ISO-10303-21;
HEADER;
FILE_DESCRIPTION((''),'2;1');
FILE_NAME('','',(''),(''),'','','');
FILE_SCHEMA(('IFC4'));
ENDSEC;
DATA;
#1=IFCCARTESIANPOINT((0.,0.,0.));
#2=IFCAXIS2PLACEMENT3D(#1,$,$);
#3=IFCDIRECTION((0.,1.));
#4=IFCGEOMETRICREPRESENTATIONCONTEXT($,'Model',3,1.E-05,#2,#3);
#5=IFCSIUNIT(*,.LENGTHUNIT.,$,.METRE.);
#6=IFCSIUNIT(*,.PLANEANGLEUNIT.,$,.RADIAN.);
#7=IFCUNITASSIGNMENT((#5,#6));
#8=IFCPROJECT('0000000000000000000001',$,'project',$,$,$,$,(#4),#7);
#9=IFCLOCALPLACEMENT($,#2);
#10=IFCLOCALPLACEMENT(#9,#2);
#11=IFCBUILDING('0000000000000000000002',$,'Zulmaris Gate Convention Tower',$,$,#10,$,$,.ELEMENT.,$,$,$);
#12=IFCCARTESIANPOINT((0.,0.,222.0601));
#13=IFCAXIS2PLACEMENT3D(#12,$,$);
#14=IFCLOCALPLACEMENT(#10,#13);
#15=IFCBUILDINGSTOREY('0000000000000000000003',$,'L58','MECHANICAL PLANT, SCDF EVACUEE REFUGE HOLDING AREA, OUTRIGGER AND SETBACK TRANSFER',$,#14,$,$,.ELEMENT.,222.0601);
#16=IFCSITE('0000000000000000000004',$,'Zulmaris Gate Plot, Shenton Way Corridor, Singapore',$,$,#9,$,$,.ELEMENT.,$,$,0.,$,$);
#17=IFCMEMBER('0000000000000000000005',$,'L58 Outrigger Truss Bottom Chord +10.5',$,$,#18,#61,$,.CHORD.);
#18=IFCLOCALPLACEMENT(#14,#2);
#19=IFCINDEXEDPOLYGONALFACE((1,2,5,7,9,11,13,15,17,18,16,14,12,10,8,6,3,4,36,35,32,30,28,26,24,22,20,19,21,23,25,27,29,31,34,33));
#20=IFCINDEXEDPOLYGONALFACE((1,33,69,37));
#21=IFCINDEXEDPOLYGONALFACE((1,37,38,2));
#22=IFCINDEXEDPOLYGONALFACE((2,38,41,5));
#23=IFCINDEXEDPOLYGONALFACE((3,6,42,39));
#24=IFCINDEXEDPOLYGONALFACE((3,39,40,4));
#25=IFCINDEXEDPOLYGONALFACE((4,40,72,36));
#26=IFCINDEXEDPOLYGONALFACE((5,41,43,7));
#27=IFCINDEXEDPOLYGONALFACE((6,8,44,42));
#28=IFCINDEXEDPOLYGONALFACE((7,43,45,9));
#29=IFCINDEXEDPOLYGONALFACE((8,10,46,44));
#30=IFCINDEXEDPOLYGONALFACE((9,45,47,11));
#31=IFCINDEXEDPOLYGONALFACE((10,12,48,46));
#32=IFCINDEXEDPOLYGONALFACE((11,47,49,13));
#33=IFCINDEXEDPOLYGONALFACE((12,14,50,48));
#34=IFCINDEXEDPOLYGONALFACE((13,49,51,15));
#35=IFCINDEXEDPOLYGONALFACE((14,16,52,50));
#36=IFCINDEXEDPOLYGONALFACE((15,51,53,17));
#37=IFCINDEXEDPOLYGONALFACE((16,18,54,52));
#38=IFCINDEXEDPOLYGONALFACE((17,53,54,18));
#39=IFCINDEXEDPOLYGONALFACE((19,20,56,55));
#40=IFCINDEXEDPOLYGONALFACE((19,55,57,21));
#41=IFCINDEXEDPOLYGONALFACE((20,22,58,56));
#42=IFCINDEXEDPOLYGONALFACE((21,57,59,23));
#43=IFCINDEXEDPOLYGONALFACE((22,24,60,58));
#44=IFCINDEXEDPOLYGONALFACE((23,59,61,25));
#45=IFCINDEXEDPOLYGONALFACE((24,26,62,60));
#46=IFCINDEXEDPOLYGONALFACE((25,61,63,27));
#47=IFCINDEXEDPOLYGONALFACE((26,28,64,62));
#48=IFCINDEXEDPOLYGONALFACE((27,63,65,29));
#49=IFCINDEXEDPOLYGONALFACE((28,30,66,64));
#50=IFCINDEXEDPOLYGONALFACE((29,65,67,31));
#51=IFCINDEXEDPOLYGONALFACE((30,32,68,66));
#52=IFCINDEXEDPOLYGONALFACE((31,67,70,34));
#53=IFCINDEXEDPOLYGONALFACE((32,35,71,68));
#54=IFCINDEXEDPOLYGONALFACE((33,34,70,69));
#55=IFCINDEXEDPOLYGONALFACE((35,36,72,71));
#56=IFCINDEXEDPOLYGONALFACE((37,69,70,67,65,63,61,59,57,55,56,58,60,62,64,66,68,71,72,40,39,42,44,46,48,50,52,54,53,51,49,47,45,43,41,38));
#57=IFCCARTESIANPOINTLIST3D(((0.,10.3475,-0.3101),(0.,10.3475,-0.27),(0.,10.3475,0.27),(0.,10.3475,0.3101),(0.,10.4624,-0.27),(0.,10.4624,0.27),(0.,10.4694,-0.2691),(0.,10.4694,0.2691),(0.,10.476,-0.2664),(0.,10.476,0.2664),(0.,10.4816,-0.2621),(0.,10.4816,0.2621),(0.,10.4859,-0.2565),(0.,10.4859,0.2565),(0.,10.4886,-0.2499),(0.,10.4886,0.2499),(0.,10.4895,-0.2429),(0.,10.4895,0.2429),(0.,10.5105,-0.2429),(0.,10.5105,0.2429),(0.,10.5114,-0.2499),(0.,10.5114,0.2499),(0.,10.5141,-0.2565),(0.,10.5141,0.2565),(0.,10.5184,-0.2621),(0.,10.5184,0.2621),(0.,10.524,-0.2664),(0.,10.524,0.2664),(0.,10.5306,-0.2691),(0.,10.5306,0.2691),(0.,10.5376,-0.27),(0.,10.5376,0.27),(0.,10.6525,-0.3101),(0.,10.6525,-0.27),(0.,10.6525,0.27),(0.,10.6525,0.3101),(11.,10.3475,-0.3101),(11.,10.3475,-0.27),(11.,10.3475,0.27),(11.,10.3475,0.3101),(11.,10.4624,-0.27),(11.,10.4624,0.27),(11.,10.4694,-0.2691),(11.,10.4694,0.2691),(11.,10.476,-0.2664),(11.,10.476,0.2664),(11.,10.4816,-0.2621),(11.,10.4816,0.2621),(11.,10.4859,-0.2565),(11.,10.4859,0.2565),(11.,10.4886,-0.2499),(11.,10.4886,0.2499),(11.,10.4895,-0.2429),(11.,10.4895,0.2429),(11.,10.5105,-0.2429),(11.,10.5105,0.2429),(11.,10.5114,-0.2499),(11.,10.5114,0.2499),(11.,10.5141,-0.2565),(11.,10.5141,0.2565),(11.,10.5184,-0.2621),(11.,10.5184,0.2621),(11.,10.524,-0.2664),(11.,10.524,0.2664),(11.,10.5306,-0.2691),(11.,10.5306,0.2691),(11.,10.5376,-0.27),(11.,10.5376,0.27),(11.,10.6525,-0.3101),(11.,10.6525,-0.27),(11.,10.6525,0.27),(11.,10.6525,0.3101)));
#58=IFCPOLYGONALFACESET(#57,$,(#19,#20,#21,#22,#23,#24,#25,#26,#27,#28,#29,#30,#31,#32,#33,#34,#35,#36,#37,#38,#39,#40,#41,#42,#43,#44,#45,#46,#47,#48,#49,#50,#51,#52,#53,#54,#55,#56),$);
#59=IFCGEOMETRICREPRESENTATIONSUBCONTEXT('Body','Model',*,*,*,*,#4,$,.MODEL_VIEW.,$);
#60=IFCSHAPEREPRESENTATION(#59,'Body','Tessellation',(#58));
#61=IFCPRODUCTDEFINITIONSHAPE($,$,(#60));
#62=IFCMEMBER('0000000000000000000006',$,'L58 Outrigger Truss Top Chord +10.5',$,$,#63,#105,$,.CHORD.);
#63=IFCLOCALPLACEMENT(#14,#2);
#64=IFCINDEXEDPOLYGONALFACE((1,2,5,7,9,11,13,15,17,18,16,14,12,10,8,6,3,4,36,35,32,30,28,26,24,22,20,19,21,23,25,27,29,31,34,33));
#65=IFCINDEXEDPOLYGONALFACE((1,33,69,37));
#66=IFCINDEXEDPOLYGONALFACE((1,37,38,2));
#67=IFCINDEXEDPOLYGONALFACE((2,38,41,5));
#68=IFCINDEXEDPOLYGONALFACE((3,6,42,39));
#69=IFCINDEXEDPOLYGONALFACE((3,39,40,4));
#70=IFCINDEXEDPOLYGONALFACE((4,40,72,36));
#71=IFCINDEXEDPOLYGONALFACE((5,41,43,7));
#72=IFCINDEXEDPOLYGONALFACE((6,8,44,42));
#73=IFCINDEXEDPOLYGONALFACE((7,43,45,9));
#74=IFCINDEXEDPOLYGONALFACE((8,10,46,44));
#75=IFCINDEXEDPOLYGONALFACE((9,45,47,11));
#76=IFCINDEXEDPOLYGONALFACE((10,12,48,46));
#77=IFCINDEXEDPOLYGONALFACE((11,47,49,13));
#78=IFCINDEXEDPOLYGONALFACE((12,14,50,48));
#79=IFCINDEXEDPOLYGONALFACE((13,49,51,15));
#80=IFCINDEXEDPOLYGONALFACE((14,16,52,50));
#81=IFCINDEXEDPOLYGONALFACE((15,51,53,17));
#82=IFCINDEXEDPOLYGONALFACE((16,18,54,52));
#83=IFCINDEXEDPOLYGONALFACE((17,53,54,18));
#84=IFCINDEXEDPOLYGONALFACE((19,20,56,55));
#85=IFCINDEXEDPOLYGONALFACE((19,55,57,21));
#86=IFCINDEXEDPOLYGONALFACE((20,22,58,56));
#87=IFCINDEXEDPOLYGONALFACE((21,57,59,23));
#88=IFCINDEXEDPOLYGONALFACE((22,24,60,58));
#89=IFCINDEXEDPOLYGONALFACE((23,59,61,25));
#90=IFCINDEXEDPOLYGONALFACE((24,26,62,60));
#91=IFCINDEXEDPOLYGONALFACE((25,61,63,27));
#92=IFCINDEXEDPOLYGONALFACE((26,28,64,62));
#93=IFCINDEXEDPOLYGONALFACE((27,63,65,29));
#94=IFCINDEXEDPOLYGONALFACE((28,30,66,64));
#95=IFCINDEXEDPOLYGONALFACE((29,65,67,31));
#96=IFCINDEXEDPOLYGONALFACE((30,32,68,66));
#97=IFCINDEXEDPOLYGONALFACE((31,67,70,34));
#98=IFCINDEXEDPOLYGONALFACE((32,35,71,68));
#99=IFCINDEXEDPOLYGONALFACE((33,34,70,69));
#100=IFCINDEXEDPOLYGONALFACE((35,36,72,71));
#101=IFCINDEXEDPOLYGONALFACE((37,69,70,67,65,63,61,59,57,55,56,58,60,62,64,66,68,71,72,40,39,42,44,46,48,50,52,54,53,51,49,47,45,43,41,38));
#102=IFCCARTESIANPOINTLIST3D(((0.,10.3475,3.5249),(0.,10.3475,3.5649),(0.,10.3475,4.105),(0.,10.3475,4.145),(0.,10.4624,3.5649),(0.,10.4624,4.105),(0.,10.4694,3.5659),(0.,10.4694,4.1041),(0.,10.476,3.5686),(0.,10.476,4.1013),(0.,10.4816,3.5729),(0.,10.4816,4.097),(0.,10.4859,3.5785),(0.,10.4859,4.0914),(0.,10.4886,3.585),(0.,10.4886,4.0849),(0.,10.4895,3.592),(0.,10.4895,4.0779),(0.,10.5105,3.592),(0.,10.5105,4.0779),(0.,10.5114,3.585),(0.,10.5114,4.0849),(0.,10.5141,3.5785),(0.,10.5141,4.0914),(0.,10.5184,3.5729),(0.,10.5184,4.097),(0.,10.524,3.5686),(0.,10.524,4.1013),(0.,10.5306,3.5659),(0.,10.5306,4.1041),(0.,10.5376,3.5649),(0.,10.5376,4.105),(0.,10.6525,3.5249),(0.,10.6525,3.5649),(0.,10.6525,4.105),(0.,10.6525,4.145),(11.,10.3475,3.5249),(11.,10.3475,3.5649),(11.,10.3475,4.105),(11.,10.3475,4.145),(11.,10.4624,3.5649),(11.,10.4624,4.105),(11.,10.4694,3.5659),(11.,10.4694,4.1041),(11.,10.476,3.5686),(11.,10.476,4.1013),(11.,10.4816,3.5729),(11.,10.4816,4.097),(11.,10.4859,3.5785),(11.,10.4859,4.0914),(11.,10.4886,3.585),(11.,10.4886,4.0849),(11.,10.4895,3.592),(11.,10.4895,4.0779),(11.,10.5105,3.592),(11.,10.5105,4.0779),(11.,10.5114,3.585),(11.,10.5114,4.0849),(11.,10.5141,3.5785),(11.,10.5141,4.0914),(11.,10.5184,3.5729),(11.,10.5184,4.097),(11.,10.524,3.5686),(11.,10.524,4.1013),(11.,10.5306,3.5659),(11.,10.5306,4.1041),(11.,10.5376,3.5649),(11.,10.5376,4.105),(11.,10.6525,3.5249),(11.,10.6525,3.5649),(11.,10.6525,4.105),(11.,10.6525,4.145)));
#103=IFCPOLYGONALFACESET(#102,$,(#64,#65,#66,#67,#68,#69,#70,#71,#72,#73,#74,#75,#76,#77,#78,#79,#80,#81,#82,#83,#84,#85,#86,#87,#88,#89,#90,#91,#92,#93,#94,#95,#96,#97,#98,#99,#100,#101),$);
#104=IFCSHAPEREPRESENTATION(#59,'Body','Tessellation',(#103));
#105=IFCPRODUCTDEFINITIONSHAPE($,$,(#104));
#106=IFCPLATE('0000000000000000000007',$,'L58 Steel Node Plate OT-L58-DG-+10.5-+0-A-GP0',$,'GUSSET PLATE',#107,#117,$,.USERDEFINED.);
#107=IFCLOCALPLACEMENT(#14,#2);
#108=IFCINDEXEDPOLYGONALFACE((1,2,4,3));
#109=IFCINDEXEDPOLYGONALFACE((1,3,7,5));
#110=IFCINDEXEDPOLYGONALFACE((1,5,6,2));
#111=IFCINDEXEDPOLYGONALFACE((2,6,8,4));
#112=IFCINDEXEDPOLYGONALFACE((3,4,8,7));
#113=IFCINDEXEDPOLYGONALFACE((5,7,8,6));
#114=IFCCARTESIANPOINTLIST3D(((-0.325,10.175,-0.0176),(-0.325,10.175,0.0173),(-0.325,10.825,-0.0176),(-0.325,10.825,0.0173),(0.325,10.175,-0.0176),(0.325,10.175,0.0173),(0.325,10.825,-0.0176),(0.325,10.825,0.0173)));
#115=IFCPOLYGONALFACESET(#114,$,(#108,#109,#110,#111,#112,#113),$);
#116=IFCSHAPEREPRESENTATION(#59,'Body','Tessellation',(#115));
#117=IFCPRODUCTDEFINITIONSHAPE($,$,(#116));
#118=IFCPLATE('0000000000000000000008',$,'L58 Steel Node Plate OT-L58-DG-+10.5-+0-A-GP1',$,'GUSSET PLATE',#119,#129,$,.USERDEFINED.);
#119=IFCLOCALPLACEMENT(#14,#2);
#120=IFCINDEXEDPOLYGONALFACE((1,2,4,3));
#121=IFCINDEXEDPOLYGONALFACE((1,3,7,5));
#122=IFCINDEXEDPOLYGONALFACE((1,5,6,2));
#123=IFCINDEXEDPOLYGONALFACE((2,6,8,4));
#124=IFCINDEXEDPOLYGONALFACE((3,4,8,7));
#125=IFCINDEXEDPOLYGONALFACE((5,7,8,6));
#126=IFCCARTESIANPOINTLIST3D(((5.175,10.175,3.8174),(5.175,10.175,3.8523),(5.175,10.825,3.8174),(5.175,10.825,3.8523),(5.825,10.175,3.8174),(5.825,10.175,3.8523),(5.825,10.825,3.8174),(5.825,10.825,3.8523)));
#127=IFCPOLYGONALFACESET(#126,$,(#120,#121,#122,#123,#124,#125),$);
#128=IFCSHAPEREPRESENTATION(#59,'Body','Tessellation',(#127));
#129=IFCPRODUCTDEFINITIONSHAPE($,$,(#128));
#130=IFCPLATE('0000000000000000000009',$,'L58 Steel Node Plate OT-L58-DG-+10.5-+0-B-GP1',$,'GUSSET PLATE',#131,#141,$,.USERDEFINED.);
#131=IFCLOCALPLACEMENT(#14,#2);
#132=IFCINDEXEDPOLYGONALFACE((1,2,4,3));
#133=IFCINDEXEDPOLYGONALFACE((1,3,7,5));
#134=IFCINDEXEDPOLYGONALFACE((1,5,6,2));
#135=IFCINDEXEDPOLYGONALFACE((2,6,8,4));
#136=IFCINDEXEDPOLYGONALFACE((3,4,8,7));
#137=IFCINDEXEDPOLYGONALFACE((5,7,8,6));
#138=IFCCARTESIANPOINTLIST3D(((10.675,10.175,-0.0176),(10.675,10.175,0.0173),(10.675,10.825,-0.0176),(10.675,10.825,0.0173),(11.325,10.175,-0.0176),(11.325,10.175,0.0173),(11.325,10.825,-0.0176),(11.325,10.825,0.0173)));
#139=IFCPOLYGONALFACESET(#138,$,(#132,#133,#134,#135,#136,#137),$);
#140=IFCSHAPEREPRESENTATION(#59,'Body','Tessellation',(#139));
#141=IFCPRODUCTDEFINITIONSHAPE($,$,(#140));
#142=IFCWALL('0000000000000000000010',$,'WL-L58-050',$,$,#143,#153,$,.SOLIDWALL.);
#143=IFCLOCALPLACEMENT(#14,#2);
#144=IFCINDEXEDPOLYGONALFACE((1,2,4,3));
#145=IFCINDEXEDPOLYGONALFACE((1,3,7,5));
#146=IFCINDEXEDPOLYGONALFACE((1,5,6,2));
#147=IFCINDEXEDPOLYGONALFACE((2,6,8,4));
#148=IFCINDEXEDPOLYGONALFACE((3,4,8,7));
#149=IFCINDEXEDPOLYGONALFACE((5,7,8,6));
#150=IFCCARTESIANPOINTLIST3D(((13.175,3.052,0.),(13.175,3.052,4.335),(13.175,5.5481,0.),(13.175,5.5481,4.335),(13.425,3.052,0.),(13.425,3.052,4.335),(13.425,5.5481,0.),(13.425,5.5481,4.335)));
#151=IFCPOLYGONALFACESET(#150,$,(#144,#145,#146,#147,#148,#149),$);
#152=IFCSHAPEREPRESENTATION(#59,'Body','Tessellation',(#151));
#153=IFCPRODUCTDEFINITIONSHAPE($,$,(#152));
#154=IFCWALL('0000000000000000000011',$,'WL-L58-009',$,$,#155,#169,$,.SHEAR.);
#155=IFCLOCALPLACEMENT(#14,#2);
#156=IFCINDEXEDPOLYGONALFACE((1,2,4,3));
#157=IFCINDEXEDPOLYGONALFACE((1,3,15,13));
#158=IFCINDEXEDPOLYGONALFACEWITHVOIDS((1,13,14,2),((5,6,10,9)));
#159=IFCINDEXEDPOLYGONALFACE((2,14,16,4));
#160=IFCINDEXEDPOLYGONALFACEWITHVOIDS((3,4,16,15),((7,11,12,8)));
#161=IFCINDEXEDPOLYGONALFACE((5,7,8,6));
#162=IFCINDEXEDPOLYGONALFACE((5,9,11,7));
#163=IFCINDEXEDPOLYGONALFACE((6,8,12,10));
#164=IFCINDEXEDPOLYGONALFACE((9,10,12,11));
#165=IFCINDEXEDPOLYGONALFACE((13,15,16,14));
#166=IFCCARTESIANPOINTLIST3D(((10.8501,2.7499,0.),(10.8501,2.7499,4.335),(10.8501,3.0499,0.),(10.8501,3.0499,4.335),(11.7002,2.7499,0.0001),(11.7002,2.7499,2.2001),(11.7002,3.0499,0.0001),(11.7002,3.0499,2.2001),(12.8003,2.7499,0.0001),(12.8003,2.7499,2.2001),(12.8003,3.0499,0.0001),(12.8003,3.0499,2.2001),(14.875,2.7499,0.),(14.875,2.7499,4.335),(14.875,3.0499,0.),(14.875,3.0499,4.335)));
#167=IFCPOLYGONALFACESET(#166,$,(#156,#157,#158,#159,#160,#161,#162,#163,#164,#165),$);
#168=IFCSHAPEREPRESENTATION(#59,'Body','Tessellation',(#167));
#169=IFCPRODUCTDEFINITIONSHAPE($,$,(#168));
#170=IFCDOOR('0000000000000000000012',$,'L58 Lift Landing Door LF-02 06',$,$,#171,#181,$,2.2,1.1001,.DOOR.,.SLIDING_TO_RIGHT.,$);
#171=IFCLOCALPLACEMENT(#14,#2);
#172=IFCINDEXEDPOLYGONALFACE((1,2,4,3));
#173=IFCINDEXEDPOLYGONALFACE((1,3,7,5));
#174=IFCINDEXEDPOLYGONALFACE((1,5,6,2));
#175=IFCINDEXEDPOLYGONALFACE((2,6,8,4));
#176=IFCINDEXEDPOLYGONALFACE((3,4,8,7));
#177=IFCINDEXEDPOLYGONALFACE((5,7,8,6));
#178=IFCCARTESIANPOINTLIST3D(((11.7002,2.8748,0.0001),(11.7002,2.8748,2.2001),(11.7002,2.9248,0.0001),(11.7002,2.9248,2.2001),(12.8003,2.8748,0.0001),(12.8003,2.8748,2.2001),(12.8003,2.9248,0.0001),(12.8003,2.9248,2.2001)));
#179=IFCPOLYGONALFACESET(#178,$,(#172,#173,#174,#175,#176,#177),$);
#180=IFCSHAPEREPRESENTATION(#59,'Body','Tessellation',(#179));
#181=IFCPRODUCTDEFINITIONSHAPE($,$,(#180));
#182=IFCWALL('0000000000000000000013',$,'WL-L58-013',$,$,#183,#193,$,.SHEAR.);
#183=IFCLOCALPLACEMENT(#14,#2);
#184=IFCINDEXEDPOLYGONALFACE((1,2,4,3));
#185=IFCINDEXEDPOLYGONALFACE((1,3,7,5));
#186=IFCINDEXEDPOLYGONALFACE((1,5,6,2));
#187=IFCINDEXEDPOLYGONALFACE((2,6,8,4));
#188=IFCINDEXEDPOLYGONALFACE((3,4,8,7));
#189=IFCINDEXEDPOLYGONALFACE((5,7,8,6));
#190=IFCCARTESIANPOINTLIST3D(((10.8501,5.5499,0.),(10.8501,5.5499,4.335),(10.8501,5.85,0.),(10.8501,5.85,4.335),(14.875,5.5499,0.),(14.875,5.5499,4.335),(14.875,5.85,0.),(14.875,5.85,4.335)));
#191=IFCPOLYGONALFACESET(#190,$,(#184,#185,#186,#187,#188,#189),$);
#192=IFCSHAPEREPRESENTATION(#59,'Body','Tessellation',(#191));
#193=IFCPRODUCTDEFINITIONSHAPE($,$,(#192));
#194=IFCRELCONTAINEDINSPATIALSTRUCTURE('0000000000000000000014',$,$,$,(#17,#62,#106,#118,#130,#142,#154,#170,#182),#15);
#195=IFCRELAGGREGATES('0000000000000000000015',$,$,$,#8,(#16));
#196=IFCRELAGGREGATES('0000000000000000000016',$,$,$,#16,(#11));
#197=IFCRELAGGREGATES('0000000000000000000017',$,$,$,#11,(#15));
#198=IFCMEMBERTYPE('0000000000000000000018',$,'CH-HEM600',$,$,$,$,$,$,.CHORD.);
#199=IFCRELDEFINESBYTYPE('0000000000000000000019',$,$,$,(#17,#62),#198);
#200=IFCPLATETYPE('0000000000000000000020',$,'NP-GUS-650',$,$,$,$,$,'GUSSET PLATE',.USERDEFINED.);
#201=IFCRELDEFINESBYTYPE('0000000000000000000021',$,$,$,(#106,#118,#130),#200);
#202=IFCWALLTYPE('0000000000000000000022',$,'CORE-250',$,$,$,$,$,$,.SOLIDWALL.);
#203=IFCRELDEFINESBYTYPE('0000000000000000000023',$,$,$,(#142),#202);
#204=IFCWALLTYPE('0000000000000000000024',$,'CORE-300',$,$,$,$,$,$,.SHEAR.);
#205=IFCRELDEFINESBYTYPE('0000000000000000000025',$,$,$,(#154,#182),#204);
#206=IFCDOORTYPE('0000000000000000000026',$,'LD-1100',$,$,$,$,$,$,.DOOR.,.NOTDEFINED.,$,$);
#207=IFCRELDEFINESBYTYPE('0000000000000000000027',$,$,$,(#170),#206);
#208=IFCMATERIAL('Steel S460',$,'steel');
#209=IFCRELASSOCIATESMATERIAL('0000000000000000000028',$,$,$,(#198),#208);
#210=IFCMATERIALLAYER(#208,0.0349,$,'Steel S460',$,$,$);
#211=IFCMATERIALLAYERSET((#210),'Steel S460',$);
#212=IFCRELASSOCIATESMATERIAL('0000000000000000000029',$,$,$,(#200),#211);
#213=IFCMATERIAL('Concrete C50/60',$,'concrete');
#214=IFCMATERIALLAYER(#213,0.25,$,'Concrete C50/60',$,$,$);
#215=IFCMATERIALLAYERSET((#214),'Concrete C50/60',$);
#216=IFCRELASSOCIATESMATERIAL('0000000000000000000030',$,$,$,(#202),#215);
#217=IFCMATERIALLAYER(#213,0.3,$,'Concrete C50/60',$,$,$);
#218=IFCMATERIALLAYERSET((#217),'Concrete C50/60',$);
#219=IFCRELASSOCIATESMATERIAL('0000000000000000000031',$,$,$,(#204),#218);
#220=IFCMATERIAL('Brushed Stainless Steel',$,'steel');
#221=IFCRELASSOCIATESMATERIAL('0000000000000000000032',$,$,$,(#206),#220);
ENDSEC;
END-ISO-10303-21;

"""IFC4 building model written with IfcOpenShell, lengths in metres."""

from ifc_helpers import new_model, si_unit, direction, frame, frame_2d, origin, origin_2d, place, context, subcontext, project, spatial, rectangle, i_section, extrude, material, layer, layer_set, material_profile, profile_set, type_object, element, fill, save


model = new_model("IFC4")

# Units and contexts
model_context = context("Model", 3, precision=1e-05, world=origin(), true_north=direction((0.0, 1.0)))
body_context = subcontext(model_context, "Body", "Model", "MODEL_VIEW")
ifc_project = project(units=[si_unit("LENGTHUNIT", "METRE"), si_unit("PLANEANGLEUNIT", "RADIAN")], contexts=[model_context])

# Site, building, storey
site_placement = place(None, origin())
site = spatial("IfcSite", under=ifc_project, at=site_placement, Name="Zulmaris Gate Plot, Shenton Way Corridor, Singapore", CompositionType="ELEMENT", RefElevation=0.0)
building_placement = place(site_placement, origin())
building = spatial("IfcBuilding", under=site, at=building_placement, Name="Zulmaris Gate Convention Tower", CompositionType="ELEMENT")
storey_placement = place(building_placement, frame((0.0, 0.0, 222.0601)))
storey = spatial("IfcBuildingStorey", under=building, at=storey_placement, Name="L58", Description="MECHANICAL PLANT, SCDF EVACUEE REFUGE HOLDING AREA, OUTRIGGER AND SETBACK TRANSFER", CompositionType="ELEMENT", Elevation=222.0601)

# Shared definitions
ifc_material_1 = material(Name="Steel S460", Category="steel")

# Members
ifc_material_profile_1 = material_profile(ifc_material_1, i_section(OverallWidth=0.3049, OverallDepth=0.6201, WebThickness=0.021, FlangeThickness=0.04, FilletRadius=0.0271, at=origin_2d()), Name="HEM 600")
ifc_profile_set_1 = profile_set([ifc_material_profile_1], Name="Steel S460")
member_type_1 = type_object("IfcMemberType", Name="CH-HEM600", PredefinedType="CHORD", material=ifc_profile_set_1)
for number, where, z_axis, x_axis, name in (
    (1, (0.0, 10.5, 0.0), (1.0, 0.0, 0.0), (0.0, 1.0, 0.0), "L58 Outrigger Truss Bottom Chord +10.5"),
    (2, (0.0, 10.5, 3.835), (1.0, 0.0, 0.0), (0.0, 1.0, 0.0), "L58 Outrigger Truss Top Chord +10.5"),
):
    element("IfcMember", number, at=place(storey_placement, frame(where, z_axis=z_axis, x_axis=x_axis)), inside=storey, type_object=member_type_1, Name=name, PredefinedType="CHORD", context=body_context, shape_type="SweptSolid", body=[
        extrude(i_section(OverallWidth=0.3049, OverallDepth=0.6201, WebThickness=0.021, FlangeThickness=0.04, FilletRadius=0.0271, at=origin_2d()), origin(), (0.0, 0.0, 1.0), 11.0),
    ])

# Plates
ifc_layer_1 = layer(ifc_material_1, 0.0349, Name="Steel S460")
ifc_layer_set_1 = layer_set([ifc_layer_1], Name="Steel S460")
plate_type = type_object("IfcPlateType", Name="NP-GUS-650", ElementType="GUSSET PLATE", PredefinedType="USERDEFINED", material=ifc_layer_set_1)
for number, where, z_axis, x_axis, name in (
    (3, (0.0, 10.5, -0.0176), (0.0, 0.0, 1.0), (1.0, 0.0, 0.0), "L58 Steel Node Plate OT-L58-DG-+10.5-+0-A-GP0"),
    (4, (5.5, 10.5, 3.8174), (0.0, 0.0, 1.0), (1.0, 0.0, 0.0), "L58 Steel Node Plate OT-L58-DG-+10.5-+0-A-GP1"),
    (5, (11.0, 10.5, -0.0176), (0.0, 0.0, 1.0), (1.0, 0.0, 0.0), "L58 Steel Node Plate OT-L58-DG-+10.5-+0-B-GP1"),
):
    element("IfcPlate", number, at=place(storey_placement, frame(where, z_axis=z_axis, x_axis=x_axis)), inside=storey, type_object=plate_type, Name=name, ObjectType="GUSSET PLATE", PredefinedType="USERDEFINED", context=body_context, shape_type="SweptSolid", body=[
        extrude(rectangle(XDim=0.6499, YDim=0.6499, at=origin_2d()), origin(), (0.0, 0.0, 1.0), 0.0349),
    ])

# Wall
ifc_material_2 = material(Name="Concrete C50/60", Category="concrete")
ifc_layer_2 = layer(ifc_material_2, 0.25, Name="Concrete C50/60")
ifc_layer_set_2 = layer_set([ifc_layer_2], Name="Concrete C50/60")
wall_type_1 = type_object("IfcWallType", Name="CORE-250", PredefinedType="SOLIDWALL", material=ifc_layer_set_2)
wall_1_placement = place(storey_placement, frame((13.3, 3.052, 0.0), z_axis=(0.0, 0.0, 1.0), x_axis=(0.0, 1.0, 0.0)))
element("IfcWall", 6, at=wall_1_placement, inside=storey, type_object=wall_type_1, Name="WL-L58-050", PredefinedType="SOLIDWALL", context=body_context, shape_type="SweptSolid", body=[
    extrude(rectangle(XDim=2.4961, YDim=0.25, at=frame_2d((1.248, 0.0))), origin(), (0.0, 0.0, 1.0), 4.335),
])

# Wall, opening, door
ifc_layer_3 = layer(ifc_material_2, 0.3, Name="Concrete C50/60")
ifc_layer_set_3 = layer_set([ifc_layer_3], Name="Concrete C50/60")
wall_type_2 = type_object("IfcWallType", Name="CORE-300", PredefinedType="SHEAR", material=ifc_layer_set_3)
wall_2_placement = place(storey_placement, frame((10.8501, 2.8999, 0.0), z_axis=(0.0, 0.0, 1.0), x_axis=(1.0, 0.0, 0.0)))
wall_2 = element("IfcWall", 7, at=wall_2_placement, inside=storey, type_object=wall_type_2, Name="WL-L58-009", PredefinedType="SHEAR", context=body_context, shape_type="SweptSolid", body=[
    extrude(rectangle(XDim=4.0249, YDim=0.3, at=frame_2d((2.0125, 0.0))), origin(), (0.0, 0.0, 1.0), 4.335),
])
opening_1_placement = place(wall_2_placement, frame((0.8501, 0.0, 0.0)))
opening_1 = element("IfcOpeningElement", 8, at=opening_1_placement, cuts=wall_2, PredefinedType="OPENING", context=body_context, shape_type="SweptSolid", body=[
    extrude(rectangle(XDim=1.1001, YDim=2.2, at=frame_2d((0.55, 1.1001))), frame((0.0, 0.1602, 0.0), z_axis=(0.0, -1.0, 0.0), x_axis=(1.0, 0.0, 0.0)), (0.0, 0.0, 1.0), 0.3201),
])
ifc_material_3 = material(Name="Brushed Stainless Steel", Category="steel")
door_type_1 = type_object("IfcDoorType", Name="LD-1100", OperationType="NOTDEFINED", PredefinedType="DOOR", material=ifc_material_3)
door_1_placement = place(opening_1_placement, origin())
door_1 = element("IfcDoor", 9, at=door_1_placement, inside=storey, type_object=door_type_1, Name="L58 Lift Landing Door LF-02 06", OperationType="SLIDING_TO_RIGHT", OverallHeight=2.2, OverallWidth=1.1001, PredefinedType="DOOR", context=body_context, shape_type="SweptSolid", body=[
    extrude(rectangle(XDim=1.1001, YDim=2.2, at=frame_2d((0.55, 1.1001))), frame((0.0, 0.0249, 0.0), z_axis=(0.0, -1.0, 0.0), x_axis=(1.0, 0.0, 0.0)), (0.0, 0.0, 1.0), 0.05),
])
fill(opening_1, door_1)

# Wall
wall_3_placement = place(storey_placement, frame((10.8501, 5.7, 0.0), z_axis=(0.0, 0.0, 1.0), x_axis=(1.0, 0.0, 0.0)))
element("IfcWall", 10, at=wall_3_placement, inside=storey, type_object=wall_type_2, Name="WL-L58-013", PredefinedType="SHEAR", context=body_context, shape_type="SweptSolid", body=[
    extrude(rectangle(XDim=4.0249, YDim=0.3, at=frame_2d((2.0125, 0.0))), origin(), (0.0, 0.0, 1.0), 4.335),
])

save(model, "model.ifc")
